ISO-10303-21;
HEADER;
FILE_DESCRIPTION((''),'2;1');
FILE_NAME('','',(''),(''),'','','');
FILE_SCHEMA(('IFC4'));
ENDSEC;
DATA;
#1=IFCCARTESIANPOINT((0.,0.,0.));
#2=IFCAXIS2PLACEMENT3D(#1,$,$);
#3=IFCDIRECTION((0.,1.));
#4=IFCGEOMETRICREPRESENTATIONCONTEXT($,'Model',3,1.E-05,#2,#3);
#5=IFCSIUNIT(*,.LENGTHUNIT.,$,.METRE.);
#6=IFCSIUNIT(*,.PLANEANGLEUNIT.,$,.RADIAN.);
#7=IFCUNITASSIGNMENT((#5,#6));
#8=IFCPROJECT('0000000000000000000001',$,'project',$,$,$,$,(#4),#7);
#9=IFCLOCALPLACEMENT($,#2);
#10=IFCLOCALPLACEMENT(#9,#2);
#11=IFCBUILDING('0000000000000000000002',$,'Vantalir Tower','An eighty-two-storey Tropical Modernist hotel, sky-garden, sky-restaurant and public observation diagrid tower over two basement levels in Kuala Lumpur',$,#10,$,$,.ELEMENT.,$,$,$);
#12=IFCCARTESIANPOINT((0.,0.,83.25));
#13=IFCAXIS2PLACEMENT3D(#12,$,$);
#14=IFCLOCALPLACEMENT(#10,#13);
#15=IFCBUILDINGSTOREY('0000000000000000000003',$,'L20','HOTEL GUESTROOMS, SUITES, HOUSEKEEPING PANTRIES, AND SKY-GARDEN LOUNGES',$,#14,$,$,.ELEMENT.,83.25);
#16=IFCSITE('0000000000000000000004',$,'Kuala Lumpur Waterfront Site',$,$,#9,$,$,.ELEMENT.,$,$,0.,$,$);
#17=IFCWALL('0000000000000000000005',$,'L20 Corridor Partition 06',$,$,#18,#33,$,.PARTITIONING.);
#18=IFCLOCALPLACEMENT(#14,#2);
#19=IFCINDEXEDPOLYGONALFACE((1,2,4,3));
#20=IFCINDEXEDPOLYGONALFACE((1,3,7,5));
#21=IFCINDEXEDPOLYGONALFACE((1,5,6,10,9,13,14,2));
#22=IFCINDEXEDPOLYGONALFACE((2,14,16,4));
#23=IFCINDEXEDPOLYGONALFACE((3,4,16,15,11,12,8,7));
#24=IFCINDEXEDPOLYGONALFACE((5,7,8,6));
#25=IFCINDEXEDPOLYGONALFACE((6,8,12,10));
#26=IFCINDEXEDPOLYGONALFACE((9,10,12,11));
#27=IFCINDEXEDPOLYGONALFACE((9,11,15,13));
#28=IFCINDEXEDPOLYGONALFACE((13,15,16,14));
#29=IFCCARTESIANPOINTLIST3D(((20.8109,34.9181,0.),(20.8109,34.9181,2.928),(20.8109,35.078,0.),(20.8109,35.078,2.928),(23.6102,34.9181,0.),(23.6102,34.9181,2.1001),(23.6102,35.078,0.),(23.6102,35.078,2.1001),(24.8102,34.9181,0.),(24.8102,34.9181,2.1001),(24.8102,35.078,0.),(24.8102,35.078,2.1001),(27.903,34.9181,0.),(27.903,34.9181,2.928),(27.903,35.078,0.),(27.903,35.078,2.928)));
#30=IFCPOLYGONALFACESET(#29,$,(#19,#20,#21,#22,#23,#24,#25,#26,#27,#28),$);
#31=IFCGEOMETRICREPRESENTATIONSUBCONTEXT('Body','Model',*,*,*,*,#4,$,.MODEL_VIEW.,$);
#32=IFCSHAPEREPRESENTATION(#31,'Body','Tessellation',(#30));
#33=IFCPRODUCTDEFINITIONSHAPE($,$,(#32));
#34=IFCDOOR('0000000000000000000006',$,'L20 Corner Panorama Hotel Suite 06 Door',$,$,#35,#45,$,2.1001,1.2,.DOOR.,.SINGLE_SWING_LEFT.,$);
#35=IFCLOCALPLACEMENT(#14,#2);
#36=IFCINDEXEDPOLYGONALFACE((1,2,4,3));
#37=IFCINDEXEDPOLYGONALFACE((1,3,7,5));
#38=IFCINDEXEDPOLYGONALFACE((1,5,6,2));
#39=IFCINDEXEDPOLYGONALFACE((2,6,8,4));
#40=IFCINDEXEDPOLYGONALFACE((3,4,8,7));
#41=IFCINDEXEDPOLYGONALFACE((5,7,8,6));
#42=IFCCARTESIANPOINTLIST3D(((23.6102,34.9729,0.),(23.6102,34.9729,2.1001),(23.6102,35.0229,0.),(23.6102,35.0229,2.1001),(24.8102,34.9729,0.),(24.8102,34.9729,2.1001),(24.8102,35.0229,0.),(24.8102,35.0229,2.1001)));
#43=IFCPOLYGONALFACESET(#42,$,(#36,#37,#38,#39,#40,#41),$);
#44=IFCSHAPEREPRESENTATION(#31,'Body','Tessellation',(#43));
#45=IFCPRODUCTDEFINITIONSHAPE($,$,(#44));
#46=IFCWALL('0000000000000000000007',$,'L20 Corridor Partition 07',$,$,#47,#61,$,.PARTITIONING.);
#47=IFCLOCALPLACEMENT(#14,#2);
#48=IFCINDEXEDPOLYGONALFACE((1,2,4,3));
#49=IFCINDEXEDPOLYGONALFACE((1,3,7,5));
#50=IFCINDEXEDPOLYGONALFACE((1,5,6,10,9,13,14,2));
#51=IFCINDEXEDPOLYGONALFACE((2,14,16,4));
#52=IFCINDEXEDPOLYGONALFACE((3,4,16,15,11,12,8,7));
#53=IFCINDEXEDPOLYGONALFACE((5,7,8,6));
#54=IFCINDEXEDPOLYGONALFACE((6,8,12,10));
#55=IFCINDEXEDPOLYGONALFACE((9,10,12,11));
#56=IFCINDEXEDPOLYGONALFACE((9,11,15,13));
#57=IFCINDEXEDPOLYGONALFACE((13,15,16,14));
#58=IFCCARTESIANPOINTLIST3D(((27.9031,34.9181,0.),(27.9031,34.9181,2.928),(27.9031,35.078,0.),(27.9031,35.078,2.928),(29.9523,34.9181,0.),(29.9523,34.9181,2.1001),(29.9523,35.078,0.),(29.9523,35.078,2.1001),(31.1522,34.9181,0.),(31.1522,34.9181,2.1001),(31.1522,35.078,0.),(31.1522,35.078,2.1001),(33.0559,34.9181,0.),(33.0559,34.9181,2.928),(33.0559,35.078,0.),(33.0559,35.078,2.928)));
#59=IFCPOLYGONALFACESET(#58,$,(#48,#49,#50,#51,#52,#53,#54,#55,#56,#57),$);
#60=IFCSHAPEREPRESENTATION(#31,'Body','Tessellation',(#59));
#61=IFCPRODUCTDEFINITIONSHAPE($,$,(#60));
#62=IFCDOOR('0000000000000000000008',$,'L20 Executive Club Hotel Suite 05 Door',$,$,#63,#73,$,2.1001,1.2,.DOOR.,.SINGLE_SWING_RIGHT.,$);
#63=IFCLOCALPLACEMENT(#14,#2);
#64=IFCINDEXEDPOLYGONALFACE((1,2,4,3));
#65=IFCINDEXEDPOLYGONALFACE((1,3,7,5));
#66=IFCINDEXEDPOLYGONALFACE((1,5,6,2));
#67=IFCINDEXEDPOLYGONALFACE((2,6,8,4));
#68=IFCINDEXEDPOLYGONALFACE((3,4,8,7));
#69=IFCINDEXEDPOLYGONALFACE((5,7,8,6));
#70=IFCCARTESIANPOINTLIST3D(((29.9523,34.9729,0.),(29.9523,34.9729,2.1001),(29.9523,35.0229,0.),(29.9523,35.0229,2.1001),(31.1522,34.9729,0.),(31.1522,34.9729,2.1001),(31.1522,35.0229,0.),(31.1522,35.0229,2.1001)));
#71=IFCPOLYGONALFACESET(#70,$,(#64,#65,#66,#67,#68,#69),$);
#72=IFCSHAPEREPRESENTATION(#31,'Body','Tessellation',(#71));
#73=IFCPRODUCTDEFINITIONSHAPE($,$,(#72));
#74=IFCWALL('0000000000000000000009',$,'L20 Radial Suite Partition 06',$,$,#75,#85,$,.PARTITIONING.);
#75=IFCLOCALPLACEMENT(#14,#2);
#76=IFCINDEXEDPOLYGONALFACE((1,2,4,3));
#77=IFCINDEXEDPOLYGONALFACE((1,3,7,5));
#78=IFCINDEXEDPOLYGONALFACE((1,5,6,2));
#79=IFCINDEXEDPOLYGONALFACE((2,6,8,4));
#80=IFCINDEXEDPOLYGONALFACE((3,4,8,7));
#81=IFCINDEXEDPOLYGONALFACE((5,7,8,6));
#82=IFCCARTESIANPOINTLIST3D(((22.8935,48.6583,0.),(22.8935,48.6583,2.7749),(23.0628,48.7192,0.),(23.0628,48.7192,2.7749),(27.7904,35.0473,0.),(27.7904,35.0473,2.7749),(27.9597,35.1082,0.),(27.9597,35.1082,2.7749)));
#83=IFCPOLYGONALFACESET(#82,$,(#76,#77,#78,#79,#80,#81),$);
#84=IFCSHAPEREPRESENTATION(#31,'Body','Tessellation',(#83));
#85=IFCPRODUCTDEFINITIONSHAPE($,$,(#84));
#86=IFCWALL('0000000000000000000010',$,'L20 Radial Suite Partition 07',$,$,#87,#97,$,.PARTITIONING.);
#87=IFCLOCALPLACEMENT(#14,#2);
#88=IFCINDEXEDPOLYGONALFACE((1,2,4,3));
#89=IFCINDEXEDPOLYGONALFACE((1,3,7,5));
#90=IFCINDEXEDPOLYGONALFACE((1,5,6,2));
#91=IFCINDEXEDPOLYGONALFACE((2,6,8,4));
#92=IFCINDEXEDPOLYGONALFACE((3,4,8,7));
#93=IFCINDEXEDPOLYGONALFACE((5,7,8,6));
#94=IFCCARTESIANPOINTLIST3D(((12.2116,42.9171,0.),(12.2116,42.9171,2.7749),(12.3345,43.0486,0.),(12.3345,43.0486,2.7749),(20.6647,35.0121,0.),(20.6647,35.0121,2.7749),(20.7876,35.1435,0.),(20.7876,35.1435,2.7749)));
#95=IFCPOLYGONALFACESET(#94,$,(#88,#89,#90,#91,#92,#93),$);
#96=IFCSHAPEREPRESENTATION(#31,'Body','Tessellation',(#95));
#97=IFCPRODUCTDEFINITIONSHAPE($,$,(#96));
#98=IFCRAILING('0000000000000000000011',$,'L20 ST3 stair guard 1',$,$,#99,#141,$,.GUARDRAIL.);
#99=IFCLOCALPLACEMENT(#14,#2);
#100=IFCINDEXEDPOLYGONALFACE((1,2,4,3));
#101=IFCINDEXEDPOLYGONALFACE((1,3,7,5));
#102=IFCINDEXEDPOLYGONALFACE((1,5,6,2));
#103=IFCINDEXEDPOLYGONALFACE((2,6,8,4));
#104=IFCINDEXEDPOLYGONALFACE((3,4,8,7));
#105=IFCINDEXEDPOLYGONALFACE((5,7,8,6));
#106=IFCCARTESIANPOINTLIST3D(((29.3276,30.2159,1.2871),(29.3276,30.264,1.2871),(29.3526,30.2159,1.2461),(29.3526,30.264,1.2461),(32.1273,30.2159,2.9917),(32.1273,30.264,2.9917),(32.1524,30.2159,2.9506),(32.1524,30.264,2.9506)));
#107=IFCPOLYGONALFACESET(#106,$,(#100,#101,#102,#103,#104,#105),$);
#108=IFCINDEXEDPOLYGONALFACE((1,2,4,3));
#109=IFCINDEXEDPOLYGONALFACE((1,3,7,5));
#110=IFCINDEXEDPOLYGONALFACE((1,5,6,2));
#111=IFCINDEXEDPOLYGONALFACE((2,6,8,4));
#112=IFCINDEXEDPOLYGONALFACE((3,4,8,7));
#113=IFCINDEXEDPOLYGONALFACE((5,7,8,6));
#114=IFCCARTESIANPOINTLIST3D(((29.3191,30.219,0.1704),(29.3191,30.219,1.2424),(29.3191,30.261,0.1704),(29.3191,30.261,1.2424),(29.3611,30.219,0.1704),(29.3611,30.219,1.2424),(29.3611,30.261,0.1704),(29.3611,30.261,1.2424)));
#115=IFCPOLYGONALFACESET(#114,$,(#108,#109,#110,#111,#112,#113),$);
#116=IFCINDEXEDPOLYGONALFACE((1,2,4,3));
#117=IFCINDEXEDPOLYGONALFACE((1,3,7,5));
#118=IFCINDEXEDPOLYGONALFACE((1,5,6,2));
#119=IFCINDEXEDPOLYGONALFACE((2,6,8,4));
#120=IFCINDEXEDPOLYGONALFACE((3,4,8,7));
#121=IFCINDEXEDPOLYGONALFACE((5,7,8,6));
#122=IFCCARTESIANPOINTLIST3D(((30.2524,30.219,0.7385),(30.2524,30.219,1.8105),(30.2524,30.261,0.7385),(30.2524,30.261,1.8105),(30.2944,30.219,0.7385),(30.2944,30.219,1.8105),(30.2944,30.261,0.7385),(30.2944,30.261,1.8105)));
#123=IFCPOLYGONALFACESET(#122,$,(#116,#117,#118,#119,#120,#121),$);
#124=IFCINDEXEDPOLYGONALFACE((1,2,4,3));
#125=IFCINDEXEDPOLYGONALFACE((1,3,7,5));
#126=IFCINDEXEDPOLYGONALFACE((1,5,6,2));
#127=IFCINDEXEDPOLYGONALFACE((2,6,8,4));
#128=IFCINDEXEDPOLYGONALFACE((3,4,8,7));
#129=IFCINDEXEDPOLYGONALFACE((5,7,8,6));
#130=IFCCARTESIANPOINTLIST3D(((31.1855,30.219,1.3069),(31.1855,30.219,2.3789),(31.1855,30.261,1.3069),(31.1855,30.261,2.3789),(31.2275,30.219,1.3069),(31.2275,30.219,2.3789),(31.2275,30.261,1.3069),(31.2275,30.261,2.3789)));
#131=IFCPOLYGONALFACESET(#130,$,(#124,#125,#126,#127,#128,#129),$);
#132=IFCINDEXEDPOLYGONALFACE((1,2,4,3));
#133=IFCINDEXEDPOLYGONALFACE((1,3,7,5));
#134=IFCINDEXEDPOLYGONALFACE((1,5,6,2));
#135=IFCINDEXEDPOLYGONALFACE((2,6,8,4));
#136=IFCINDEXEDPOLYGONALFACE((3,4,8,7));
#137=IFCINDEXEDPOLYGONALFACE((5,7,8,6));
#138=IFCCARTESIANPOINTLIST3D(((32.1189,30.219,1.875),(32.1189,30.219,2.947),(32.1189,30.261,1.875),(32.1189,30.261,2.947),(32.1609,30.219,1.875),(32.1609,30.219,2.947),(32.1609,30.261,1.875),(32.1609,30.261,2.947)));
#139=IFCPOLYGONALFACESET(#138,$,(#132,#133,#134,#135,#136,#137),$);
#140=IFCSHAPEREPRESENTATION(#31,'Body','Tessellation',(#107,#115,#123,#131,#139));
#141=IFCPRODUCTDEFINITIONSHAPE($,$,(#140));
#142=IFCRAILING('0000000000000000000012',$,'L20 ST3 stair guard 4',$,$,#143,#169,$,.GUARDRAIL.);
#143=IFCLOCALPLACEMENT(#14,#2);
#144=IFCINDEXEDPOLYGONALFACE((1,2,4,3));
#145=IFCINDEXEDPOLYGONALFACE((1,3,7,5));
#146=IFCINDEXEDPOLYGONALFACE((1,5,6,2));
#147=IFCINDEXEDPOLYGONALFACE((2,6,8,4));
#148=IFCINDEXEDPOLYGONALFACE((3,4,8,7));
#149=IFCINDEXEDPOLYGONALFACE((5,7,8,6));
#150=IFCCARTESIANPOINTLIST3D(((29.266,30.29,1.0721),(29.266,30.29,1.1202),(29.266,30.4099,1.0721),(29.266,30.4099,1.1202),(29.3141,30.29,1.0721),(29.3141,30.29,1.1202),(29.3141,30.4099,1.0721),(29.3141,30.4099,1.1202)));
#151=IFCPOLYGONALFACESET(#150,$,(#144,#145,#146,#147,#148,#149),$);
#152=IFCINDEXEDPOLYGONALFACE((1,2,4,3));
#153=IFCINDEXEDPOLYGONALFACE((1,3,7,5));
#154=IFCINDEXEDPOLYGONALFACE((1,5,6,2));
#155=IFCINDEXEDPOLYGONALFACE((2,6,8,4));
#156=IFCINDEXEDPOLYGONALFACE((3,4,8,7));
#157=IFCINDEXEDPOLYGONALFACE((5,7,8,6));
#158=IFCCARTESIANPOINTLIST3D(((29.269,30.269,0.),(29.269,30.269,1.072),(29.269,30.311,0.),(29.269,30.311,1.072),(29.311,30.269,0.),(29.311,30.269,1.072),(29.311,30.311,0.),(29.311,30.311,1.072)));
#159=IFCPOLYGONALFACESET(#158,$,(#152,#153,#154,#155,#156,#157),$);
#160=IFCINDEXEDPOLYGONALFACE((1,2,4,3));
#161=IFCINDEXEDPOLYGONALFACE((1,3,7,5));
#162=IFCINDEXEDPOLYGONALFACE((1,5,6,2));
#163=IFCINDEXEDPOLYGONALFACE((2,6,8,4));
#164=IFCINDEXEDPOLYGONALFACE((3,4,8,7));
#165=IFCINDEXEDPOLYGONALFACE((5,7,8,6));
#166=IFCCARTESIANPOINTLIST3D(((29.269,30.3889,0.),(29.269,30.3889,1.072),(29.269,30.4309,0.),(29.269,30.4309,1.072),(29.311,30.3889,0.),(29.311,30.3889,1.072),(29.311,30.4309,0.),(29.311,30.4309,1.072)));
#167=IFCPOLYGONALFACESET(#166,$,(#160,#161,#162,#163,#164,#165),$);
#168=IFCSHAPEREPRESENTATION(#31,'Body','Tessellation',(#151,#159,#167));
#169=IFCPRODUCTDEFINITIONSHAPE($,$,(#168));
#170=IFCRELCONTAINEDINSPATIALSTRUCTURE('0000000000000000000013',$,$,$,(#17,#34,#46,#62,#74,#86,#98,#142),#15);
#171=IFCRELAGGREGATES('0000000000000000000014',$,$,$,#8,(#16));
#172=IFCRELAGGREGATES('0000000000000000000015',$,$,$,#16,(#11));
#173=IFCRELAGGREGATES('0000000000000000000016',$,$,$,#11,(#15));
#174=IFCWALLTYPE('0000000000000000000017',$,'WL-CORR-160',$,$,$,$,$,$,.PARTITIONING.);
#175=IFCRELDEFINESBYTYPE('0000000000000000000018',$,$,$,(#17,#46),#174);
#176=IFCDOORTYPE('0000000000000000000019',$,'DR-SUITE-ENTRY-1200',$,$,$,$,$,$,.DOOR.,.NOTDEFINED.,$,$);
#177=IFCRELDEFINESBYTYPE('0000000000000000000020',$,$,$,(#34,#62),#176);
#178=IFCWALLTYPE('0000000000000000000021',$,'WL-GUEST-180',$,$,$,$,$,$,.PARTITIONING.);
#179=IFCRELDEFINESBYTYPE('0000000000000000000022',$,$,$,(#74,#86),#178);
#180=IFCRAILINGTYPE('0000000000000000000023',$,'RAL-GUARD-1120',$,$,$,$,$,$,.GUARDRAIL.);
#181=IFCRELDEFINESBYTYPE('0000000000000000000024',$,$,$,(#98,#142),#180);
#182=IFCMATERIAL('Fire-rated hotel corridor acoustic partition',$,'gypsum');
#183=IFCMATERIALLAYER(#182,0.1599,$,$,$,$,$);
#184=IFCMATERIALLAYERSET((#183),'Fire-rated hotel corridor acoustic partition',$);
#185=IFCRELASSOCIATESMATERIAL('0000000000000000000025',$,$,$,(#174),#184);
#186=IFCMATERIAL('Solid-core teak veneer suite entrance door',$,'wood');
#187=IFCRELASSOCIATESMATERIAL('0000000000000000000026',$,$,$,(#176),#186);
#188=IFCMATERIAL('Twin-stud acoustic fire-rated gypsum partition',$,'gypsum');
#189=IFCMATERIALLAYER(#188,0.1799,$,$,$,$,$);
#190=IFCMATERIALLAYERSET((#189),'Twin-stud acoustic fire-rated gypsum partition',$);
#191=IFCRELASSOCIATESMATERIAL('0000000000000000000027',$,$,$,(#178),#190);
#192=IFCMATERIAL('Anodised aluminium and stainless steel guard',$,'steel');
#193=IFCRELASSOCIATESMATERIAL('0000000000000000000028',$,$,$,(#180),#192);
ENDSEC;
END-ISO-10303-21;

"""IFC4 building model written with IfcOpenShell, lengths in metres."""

from ifc_helpers import new_model, si_unit, direction, frame, frame_2d, origin, origin_2d, place, context, subcontext, project, spatial, rectangle, extrude, material, layer, layer_set, type_object, element, fill, save


model = new_model("IFC4")

# Units and contexts
model_context = context("Model", 3, precision=1e-05, world=origin(), true_north=direction((0.0, 1.0)))
body_context = subcontext(model_context, "Body", "Model", "MODEL_VIEW")
ifc_project = project(units=[si_unit("LENGTHUNIT", "METRE"), si_unit("PLANEANGLEUNIT", "RADIAN")], contexts=[model_context])

# Site, building, storey
site_placement = place(None, origin())
site = spatial("IfcSite", under=ifc_project, at=site_placement, Name="Kuala Lumpur Waterfront Site", CompositionType="ELEMENT", RefElevation=0.0)
building_placement = place(site_placement, origin())
building = spatial("IfcBuilding", under=site, at=building_placement, Name="Vantalir Tower", Description="An eighty-two-storey Tropical Modernist hotel, sky-garden, sky-restaurant and public observation diagrid tower over two basement levels in Kuala Lumpur", CompositionType="ELEMENT")
storey_placement = place(building_placement, frame((0.0, 0.0, 83.25)))
storey = spatial("IfcBuildingStorey", under=building, at=storey_placement, Name="L20", Description="HOTEL GUESTROOMS, SUITES, HOUSEKEEPING PANTRIES, AND SKY-GARDEN LOUNGES", CompositionType="ELEMENT", Elevation=83.25)

# Walls, openings, doors
ifc_material_1 = material(Name="Fire-rated hotel corridor acoustic partition", Category="gypsum")
ifc_layer_1 = layer(ifc_material_1, 0.1599)
ifc_layer_set_1 = layer_set([ifc_layer_1], Name="Fire-rated hotel corridor acoustic partition")
wall_type_1 = type_object("IfcWallType", Name="WL-CORR-160", PredefinedType="PARTITIONING", material=ifc_layer_set_1)
wall_1_placement = place(storey_placement, frame((20.811, 34.998, 0.0), z_axis=(0.0, 0.0, 1.0), x_axis=(1.0, 0.0, 0.0)))
wall_1 = element("IfcWall", 1, at=wall_1_placement, inside=storey, type_object=wall_type_1, Name="L20 Corridor Partition 06", PredefinedType="PARTITIONING", context=body_context, shape_type="SweptSolid", body=[
    extrude(rectangle(XDim=7.092, YDim=0.1599, at=frame_2d((3.5459, 0.0))), origin(), (0.0, 0.0, 1.0), 2.928),
])
opening_1_placement = place(wall_1_placement, frame((2.7991, 0.0, 0.0)))
opening_1 = element("IfcOpeningElement", 2, at=opening_1_placement, cuts=wall_1, PredefinedType="OPENING", context=body_context, shape_type="SweptSolid", body=[
    extrude(rectangle(XDim=1.2, YDim=2.1001, at=frame_2d((0.6001, 1.05))), frame((0.0, 0.0898, 0.0), z_axis=(0.0, -1.0, 0.0), x_axis=(1.0, 0.0, 0.0)), (0.0, 0.0, 1.0), 0.1799),
])
ifc_material_2 = material(Name="Solid-core teak veneer suite entrance door", Category="wood")
door_type_1 = type_object("IfcDoorType", Name="DR-SUITE-ENTRY-1200", OperationType="NOTDEFINED", PredefinedType="DOOR", material=ifc_material_2)
door_1_placement = place(opening_1_placement, origin())
door_1 = element("IfcDoor", 3, at=door_1_placement, inside=storey, type_object=door_type_1, Name="L20 Corner Panorama Hotel Suite 06 Door", OperationType="SINGLE_SWING_LEFT", OverallHeight=2.1001, OverallWidth=1.2, PredefinedType="DOOR", context=body_context, shape_type="SweptSolid", body=[
    extrude(rectangle(XDim=1.2, YDim=2.1001, at=frame_2d((0.6001, 1.05))), frame((0.0, 0.0249, 0.0), z_axis=(0.0, -1.0, 0.0), x_axis=(1.0, 0.0, 0.0)), (0.0, 0.0, 1.0), 0.05),
])
fill(opening_1, door_1)
wall_2_placement = place(storey_placement, frame((27.9031, 34.998, 0.0), z_axis=(0.0, 0.0, 1.0), x_axis=(1.0, 0.0, 0.0)))
wall_2 = element("IfcWall", 4, at=wall_2_placement, inside=storey, type_object=wall_type_1, Name="L20 Corridor Partition 07", PredefinedType="PARTITIONING", context=body_context, shape_type="SweptSolid", body=[
    extrude(rectangle(XDim=5.1528, YDim=0.1599, at=frame_2d((2.5764, 0.0))), origin(), (0.0, 0.0, 1.0), 2.928),
])
opening_2_placement = place(wall_2_placement, frame((2.0491, 0.0, 0.0)))
opening_2 = element("IfcOpeningElement", 5, at=opening_2_placement, cuts=wall_2, PredefinedType="OPENING", context=body_context, shape_type="SweptSolid", body=[
    extrude(rectangle(XDim=1.2, YDim=2.1001, at=frame_2d((0.6001, 1.05))), frame((0.0, 0.0898, 0.0), z_axis=(0.0, -1.0, 0.0), x_axis=(1.0, 0.0, 0.0)), (0.0, 0.0, 1.0), 0.1799),
])
door_2_placement = place(opening_2_placement, origin())
door_2 = element("IfcDoor", 6, at=door_2_placement, inside=storey, type_object=door_type_1, Name="L20 Executive Club Hotel Suite 05 Door", OperationType="SINGLE_SWING_RIGHT", OverallHeight=2.1001, OverallWidth=1.2, PredefinedType="DOOR", context=body_context, shape_type="SweptSolid", body=[
    extrude(rectangle(XDim=1.2, YDim=2.1001, at=frame_2d((0.6001, 1.05))), frame((0.0, 0.0249, 0.0), z_axis=(0.0, -1.0, 0.0), x_axis=(1.0, 0.0, 0.0)), (0.0, 0.0, 1.0), 0.05),
])
fill(opening_2, door_2)

# Walls
ifc_material_3 = material(Name="Twin-stud acoustic fire-rated gypsum partition", Category="gypsum")
ifc_layer_2 = layer(ifc_material_3, 0.1799)
ifc_layer_set_2 = layer_set([ifc_layer_2], Name="Twin-stud acoustic fire-rated gypsum partition")
wall_type_2 = type_object("IfcWallType", Name="WL-GUEST-180", PredefinedType="PARTITIONING", material=ifc_layer_set_2)
wall_3_placement = place(storey_placement, frame((27.875, 35.0779, 0.0), z_axis=(0.0, 0.0, 1.0), x_axis=(-0.338535, 0.940954, 0.0)))
element("IfcWall", 7, at=wall_3_placement, inside=storey, type_object=wall_type_2, Name="L20 Radial Suite Partition 06", PredefinedType="PARTITIONING", context=body_context, shape_type="SweptSolid", body=[
    extrude(rectangle(XDim=14.4651, YDim=0.1799, at=frame_2d((7.2324, 0.0))), origin(), (0.0, 0.0, 1.0), 2.7749),
])
wall_4_placement = place(storey_placement, frame((20.7261, 35.0779, 0.0), z_axis=(0.0, 0.0, 1.0), x_axis=(-0.730389, 0.683031, 0.0)))
element("IfcWall", 8, at=wall_4_placement, inside=storey, type_object=wall_type_2, Name="L20 Radial Suite Partition 07", PredefinedType="PARTITIONING", context=body_context, shape_type="SweptSolid", body=[
    extrude(rectangle(XDim=11.5735, YDim=0.1799, at=frame_2d((5.7866, 0.0))), origin(), (0.0, 0.0, 1.0), 2.7749),
])

# Railings
ifc_material_4 = material(Name="Anodised aluminium and stainless steel guard", Category="steel")
railing_type = type_object("IfcRailingType", Name="RAL-GUARD-1120", PredefinedType="GUARDRAIL", material=ifc_material_4)
railing_1_placement = place(storey_placement, frame((29.3401, 30.24, 0.1704)))
element("IfcRailing", 9, at=railing_1_placement, inside=storey, type_object=railing_type, Name="L20 ST3 stair guard 1", PredefinedType="GUARDRAIL", context=body_context, shape_type="SweptSolid", body=[
    extrude(rectangle(XDim=0.0481, YDim=0.0481, at=origin_2d()), frame((0.0, 0.0, 1.0962), z_axis=(0.85415, 0.0, 0.520027), x_axis=(0.0, 1.0, 0.0)), (0.0, 0.0, 1.0), 3.2778),
    extrude(rectangle(XDim=0.042, YDim=0.042, at=origin_2d()), origin(), (0.0, 0.0, 1.0), 1.072),
    extrude(rectangle(XDim=0.042, YDim=0.042, at=origin_2d()), frame((0.9333, 0.0, 0.5681)), (0.0, 0.0, 1.0), 1.072),
    extrude(rectangle(XDim=0.042, YDim=0.042, at=origin_2d()), frame((1.8665, 0.0, 1.1365)), (0.0, 0.0, 1.0), 1.072),
    extrude(rectangle(XDim=0.042, YDim=0.042, at=origin_2d()), frame((2.7998, 0.0, 1.7046)), (0.0, 0.0, 1.0), 1.072),
])
railing_2_placement = place(storey_placement, frame((29.29, 30.29, 0.0)))
element("IfcRailing", 10, at=railing_2_placement, inside=storey, type_object=railing_type, Name="L20 ST3 stair guard 4", PredefinedType="GUARDRAIL", context=body_context, shape_type="SweptSolid", body=[
    extrude(rectangle(XDim=0.0481, YDim=0.0481, at=origin_2d()), frame((0.0, 0.0, 1.0962), z_axis=(0.0, 1.0, 0.0), x_axis=(-1.0, 0.0, 0.0)), (0.0, 0.0, 1.0), 0.1199),
    extrude(rectangle(XDim=0.042, YDim=0.042, at=origin_2d()), origin(), (0.0, 0.0, 1.0), 1.072),
    extrude(rectangle(XDim=0.042, YDim=0.042, at=origin_2d()), frame((0.0, 0.1199, 0.0)), (0.0, 0.0, 1.0), 1.072),
])

save(model, "model.ifc")
